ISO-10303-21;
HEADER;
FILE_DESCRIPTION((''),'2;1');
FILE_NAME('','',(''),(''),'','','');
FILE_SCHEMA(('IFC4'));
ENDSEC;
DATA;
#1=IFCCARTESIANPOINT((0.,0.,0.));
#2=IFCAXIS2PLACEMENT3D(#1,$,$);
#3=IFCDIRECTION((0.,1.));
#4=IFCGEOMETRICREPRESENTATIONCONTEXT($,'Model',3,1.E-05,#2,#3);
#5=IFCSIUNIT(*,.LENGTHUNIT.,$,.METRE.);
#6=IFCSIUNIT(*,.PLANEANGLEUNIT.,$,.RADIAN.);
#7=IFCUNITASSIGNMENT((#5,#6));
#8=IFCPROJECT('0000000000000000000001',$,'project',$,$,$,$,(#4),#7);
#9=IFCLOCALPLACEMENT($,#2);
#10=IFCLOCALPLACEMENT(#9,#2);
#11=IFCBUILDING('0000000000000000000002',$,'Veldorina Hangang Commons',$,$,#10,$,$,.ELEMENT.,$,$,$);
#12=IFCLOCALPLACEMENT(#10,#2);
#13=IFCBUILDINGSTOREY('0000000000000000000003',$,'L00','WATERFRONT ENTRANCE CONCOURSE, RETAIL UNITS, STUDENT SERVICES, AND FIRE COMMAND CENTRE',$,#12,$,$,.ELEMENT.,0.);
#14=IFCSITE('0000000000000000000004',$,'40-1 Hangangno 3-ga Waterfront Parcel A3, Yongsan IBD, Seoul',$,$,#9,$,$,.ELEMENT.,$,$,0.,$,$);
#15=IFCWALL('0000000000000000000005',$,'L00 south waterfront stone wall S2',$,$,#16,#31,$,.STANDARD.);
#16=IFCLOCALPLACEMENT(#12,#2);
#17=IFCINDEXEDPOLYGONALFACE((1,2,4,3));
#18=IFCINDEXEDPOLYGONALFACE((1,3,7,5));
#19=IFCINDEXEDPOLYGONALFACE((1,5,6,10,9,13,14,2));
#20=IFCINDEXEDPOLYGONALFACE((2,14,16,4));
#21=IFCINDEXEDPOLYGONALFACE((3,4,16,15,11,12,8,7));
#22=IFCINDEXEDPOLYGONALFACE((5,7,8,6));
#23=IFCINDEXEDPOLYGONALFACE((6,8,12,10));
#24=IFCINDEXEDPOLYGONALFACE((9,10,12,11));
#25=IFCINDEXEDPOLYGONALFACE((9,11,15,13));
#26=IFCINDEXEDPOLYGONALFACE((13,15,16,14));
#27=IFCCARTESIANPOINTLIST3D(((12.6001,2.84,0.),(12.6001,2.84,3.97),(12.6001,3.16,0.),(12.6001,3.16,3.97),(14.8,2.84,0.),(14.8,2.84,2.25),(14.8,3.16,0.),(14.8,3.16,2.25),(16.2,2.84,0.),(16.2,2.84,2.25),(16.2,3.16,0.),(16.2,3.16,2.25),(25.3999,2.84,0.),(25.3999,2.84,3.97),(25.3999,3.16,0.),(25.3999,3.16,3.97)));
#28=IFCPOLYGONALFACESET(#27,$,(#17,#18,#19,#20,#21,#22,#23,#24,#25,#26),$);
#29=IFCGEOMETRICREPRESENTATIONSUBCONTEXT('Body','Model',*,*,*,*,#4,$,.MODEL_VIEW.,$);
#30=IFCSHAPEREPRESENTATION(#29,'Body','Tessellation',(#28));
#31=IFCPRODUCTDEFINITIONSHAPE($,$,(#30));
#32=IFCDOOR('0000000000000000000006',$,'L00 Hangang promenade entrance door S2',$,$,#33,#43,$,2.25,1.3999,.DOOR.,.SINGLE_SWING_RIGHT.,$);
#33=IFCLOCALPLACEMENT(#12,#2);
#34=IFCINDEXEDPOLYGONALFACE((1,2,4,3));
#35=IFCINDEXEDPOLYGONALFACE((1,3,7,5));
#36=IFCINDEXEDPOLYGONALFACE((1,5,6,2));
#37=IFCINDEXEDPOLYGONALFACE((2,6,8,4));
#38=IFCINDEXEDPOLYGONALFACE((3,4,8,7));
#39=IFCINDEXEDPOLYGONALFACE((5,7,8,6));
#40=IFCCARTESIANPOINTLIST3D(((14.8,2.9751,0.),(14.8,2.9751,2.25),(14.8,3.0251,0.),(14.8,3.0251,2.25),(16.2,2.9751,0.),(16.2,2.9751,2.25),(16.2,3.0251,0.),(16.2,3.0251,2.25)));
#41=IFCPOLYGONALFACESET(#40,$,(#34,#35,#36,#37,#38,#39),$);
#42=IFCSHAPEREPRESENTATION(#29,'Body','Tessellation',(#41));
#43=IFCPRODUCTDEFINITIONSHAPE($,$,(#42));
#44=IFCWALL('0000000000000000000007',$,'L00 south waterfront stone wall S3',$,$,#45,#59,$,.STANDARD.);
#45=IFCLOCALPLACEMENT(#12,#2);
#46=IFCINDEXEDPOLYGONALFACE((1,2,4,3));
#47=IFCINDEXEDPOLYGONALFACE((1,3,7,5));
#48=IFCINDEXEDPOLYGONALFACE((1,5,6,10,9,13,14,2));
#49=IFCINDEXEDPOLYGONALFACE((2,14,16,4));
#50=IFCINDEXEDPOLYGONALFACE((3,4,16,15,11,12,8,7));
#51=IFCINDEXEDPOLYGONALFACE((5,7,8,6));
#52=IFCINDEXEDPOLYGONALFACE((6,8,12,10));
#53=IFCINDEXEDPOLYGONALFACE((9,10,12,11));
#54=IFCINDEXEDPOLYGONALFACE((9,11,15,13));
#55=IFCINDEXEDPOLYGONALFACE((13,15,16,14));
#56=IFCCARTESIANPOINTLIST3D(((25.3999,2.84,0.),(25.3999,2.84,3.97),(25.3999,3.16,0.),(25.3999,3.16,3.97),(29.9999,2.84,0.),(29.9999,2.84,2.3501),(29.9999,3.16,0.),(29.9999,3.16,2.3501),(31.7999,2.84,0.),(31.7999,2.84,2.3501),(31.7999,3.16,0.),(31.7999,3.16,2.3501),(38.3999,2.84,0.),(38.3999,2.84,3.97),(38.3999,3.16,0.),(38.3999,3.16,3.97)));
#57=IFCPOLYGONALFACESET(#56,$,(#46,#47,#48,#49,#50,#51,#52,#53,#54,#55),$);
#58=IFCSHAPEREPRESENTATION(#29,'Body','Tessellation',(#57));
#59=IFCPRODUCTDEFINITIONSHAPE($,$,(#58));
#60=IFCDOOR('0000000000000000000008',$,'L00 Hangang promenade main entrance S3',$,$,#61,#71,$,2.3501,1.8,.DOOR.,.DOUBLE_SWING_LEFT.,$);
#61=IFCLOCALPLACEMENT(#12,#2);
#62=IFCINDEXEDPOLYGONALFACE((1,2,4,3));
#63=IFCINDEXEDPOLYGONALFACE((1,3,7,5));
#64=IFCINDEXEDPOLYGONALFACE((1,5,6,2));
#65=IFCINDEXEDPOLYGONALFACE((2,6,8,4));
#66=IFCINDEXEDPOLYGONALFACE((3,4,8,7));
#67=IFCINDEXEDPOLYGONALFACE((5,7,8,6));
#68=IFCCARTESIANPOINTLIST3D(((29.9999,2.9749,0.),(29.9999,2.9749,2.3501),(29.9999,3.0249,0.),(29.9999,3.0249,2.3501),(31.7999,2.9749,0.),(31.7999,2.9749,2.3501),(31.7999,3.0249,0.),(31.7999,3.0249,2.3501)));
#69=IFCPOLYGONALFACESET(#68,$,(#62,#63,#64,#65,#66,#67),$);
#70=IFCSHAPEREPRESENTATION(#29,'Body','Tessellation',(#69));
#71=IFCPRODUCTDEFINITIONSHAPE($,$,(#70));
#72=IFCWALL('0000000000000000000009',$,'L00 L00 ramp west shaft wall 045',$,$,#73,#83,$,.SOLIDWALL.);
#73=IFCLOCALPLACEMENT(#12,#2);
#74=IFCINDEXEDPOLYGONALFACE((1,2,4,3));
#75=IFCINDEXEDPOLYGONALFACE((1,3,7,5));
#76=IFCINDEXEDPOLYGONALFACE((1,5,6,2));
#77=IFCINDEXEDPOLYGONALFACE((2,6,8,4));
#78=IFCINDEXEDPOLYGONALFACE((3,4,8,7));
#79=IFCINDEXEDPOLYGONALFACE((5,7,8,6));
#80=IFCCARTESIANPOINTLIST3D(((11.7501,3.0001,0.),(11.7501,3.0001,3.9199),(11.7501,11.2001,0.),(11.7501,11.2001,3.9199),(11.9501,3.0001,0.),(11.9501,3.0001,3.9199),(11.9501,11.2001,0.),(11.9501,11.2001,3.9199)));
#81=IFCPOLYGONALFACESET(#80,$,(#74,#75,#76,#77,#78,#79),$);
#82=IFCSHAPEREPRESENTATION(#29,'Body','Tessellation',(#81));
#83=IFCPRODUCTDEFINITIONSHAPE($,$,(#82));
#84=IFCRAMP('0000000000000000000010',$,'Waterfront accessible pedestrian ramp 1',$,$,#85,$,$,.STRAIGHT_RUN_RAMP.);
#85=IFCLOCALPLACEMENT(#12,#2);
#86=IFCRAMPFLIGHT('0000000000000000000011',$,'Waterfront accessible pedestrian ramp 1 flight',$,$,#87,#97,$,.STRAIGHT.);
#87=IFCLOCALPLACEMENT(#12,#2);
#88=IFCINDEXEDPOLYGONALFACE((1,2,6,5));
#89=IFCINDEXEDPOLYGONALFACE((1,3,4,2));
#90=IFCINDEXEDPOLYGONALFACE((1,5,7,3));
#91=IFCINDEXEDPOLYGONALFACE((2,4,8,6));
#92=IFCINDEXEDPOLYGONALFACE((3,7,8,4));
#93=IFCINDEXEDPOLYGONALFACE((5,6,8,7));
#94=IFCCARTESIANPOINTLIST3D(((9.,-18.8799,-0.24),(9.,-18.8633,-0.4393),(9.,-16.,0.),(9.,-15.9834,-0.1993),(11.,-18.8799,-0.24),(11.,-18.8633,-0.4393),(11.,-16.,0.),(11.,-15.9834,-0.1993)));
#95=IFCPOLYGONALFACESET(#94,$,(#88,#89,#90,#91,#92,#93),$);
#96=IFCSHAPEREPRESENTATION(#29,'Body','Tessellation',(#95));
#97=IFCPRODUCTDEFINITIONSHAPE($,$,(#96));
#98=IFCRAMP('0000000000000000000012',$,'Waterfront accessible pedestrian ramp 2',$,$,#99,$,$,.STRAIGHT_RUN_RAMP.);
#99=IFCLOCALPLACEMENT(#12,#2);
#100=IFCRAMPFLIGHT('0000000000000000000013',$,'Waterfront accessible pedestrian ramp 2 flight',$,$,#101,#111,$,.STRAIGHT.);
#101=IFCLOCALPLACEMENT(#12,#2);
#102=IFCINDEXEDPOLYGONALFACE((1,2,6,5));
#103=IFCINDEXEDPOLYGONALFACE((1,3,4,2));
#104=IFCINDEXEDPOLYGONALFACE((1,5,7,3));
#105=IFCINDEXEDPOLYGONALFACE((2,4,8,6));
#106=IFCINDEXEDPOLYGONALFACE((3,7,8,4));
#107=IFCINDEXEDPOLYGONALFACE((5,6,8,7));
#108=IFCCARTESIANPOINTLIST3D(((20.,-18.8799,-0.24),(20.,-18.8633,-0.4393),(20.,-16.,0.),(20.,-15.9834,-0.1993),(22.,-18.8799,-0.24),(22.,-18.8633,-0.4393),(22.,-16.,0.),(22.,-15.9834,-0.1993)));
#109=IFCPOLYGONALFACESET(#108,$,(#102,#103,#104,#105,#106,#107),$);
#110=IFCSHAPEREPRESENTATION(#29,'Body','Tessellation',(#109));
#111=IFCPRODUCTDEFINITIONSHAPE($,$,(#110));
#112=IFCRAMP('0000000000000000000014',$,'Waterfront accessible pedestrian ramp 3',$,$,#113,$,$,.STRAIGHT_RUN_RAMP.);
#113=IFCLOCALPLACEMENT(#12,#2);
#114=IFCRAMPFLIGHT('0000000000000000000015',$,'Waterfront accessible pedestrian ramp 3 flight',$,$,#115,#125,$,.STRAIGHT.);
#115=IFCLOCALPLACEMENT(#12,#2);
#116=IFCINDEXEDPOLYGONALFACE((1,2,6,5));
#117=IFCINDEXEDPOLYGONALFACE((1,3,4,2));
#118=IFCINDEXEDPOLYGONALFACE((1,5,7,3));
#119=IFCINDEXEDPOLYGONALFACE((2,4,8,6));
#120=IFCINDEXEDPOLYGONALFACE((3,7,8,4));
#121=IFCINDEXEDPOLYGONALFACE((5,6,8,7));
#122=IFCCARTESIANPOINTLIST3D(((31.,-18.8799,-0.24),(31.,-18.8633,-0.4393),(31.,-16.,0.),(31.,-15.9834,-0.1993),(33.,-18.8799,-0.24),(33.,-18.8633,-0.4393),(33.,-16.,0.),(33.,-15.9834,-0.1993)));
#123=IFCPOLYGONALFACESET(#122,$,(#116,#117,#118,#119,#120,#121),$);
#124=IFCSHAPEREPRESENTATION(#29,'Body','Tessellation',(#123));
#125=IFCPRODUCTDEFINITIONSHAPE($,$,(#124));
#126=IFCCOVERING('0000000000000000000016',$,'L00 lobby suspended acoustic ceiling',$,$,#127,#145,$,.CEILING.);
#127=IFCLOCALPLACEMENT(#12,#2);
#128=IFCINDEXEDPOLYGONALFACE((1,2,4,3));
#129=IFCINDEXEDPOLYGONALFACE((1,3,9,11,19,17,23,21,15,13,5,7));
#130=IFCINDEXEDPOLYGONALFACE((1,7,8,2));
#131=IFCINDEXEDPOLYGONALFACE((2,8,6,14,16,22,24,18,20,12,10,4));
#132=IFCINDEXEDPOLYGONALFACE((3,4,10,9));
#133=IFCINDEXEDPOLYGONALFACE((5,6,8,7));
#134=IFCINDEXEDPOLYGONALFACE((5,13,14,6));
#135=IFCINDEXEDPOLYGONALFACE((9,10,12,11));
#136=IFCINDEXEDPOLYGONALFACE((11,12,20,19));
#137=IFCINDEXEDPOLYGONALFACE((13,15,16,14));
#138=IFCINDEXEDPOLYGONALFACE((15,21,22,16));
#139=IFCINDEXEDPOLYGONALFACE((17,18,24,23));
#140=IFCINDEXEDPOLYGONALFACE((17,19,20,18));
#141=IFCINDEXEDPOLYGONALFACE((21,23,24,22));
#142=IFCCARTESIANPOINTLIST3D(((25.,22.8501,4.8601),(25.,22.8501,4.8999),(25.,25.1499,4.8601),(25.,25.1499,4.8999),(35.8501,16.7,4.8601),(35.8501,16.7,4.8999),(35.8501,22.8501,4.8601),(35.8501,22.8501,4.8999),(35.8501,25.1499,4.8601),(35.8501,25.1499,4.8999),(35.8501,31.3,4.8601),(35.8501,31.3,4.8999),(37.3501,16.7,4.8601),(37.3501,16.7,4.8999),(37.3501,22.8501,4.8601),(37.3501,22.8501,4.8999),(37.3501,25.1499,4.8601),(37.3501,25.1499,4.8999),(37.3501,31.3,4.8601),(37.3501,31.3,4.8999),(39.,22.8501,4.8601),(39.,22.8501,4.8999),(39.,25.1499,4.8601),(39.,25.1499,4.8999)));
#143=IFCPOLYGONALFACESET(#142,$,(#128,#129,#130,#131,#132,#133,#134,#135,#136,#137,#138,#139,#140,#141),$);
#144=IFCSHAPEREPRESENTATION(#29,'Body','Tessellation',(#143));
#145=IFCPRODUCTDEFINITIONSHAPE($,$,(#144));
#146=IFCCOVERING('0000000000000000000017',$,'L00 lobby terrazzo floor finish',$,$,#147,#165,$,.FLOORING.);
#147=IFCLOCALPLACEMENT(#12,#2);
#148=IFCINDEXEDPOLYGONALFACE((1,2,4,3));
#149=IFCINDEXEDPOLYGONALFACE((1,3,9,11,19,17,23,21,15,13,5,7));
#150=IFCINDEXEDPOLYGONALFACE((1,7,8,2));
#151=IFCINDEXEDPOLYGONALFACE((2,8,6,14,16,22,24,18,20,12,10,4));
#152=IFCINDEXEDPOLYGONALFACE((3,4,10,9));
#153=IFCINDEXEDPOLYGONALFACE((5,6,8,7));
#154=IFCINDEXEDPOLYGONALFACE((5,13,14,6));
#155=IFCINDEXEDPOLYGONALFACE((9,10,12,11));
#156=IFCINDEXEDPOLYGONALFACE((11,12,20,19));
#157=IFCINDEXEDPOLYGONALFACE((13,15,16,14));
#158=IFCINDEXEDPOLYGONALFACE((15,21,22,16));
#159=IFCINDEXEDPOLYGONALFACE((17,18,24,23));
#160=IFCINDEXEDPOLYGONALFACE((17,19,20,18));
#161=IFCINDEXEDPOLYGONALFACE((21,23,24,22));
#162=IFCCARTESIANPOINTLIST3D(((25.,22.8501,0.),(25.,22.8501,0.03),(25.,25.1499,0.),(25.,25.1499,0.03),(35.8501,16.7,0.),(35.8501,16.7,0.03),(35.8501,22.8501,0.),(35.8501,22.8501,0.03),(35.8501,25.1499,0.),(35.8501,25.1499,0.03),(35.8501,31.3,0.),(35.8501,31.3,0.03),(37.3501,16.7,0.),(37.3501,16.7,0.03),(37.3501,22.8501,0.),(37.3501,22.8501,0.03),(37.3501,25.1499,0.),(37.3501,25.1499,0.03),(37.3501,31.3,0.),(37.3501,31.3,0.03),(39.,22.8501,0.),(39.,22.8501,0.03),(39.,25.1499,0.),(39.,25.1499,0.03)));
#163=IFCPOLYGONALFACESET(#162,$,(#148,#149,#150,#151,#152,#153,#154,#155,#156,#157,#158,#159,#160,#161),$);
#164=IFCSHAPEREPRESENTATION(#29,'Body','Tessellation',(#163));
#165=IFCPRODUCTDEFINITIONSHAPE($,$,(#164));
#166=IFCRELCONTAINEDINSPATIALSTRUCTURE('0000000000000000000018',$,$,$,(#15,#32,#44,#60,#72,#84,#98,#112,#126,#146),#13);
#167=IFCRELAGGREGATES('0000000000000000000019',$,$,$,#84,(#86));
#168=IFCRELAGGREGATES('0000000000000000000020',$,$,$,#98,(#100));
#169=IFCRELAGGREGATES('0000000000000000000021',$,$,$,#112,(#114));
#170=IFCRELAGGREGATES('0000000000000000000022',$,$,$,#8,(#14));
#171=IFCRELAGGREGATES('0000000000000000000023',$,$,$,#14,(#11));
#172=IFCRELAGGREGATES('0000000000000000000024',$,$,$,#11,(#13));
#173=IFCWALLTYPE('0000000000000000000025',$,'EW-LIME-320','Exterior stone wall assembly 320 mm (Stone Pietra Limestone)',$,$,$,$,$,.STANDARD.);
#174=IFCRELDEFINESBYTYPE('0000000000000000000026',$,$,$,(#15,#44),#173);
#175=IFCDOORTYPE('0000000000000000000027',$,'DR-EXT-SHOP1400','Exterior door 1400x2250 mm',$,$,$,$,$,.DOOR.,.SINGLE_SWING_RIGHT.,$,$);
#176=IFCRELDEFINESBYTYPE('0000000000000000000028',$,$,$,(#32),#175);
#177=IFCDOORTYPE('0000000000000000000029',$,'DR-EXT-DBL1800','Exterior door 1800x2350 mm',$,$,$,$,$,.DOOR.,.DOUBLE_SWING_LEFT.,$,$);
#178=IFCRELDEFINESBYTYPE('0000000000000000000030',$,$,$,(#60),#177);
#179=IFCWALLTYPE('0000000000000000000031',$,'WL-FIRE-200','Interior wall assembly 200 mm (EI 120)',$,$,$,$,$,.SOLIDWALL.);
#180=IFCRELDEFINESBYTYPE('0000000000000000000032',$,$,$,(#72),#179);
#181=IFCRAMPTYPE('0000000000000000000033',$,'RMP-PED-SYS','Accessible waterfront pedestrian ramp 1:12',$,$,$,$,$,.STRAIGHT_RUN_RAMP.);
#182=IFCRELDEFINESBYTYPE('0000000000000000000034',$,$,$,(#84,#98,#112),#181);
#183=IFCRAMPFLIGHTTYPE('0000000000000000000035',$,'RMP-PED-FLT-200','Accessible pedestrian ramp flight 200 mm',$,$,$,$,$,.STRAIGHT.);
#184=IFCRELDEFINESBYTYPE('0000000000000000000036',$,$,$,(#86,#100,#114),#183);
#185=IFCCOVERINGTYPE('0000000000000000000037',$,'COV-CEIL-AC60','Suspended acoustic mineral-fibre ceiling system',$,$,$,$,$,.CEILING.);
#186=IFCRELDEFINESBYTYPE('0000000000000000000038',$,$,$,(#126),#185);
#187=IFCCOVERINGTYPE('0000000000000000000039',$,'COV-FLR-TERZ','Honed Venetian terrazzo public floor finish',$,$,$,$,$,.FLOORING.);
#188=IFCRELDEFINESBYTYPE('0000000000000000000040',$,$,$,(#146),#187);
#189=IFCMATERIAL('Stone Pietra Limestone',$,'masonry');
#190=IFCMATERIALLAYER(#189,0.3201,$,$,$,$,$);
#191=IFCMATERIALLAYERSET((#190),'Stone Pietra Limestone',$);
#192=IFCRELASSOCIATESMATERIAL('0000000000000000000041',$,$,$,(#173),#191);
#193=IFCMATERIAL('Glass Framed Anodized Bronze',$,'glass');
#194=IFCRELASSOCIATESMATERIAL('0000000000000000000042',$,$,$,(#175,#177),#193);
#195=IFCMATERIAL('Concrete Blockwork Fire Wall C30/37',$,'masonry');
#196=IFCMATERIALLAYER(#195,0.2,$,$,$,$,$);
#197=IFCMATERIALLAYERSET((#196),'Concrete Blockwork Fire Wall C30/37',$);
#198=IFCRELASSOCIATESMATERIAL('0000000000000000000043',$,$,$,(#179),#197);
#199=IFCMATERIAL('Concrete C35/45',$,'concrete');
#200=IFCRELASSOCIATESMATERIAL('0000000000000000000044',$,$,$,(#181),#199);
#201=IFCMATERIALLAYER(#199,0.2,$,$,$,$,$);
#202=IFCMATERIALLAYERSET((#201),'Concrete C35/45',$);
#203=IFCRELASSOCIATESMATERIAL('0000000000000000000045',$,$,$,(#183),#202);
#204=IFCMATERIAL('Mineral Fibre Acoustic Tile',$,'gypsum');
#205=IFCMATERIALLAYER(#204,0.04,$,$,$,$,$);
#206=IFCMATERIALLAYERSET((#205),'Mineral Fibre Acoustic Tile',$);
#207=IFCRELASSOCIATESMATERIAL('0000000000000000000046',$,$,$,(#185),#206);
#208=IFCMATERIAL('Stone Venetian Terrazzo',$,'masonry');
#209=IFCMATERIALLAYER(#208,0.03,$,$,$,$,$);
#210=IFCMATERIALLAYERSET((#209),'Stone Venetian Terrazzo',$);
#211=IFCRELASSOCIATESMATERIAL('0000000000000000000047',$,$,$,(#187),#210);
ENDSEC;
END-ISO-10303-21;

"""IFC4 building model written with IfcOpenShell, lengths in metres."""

from ifc_helpers import new_model, si_unit, direction, frame, frame_2d, origin, place, context, subcontext, project, spatial, polyline, rectangle, outline, extrude, material, layer, layer_set, type_object, element, fill, aggregate, save


model = new_model("IFC4")

# Units and contexts
model_context = context("Model", 3, precision=1e-05, world=origin(), true_north=direction((0.0, 1.0)))
body_context = subcontext(model_context, "Body", "Model", "MODEL_VIEW")
ifc_project = project(units=[si_unit("LENGTHUNIT", "METRE"), si_unit("PLANEANGLEUNIT", "RADIAN")], contexts=[model_context])

# Site, building, storey
site_placement = place(None, origin())
site = spatial("IfcSite", under=ifc_project, at=site_placement, Name="40-1 Hangangno 3-ga Waterfront Parcel A3, Yongsan IBD, Seoul", CompositionType="ELEMENT", RefElevation=0.0)
building_placement = place(site_placement, origin())
building = spatial("IfcBuilding", under=site, at=building_placement, Name="Veldorina Hangang Commons", CompositionType="ELEMENT")
storey_placement = place(building_placement, origin())
storey = spatial("IfcBuildingStorey", under=building, at=storey_placement, Name="L00", Description="WATERFRONT ENTRANCE CONCOURSE, RETAIL UNITS, STUDENT SERVICES, AND FIRE COMMAND CENTRE", CompositionType="ELEMENT", Elevation=0.0)

# Walls, openings, doors
ifc_material_1 = material(Name="Stone Pietra Limestone", Category="masonry")
ifc_layer_1 = layer(ifc_material_1, 0.3201)
ifc_layer_set_1 = layer_set([ifc_layer_1], Name="Stone Pietra Limestone")
wall_type_1 = type_object("IfcWallType", Name="EW-LIME-320", Description="Exterior stone wall assembly 320 mm (Stone Pietra Limestone)", PredefinedType="STANDARD", material=ifc_layer_set_1)
ifc_material_2 = material(Name="Glass Framed Anodized Bronze", Category="glass")
door_type_1 = type_object("IfcDoorType", Name="DR-EXT-SHOP1400", Description="Exterior door 1400x2250 mm", OperationType="SINGLE_SWING_RIGHT", PredefinedType="DOOR", material=ifc_material_2)
wall_1_placement = place(storey_placement, frame((12.6001, 3.0, 0.0), z_axis=(0.0, 0.0, 1.0), x_axis=(1.0, 0.0, 0.0)))
wall_1 = element("IfcWall", 1, at=wall_1_placement, inside=storey, type_object=wall_type_1, Name="L00 south waterfront stone wall S2", PredefinedType="STANDARD", context=body_context, shape_type="SweptSolid", body=[
    extrude(rectangle(XDim=12.7998, YDim=0.3201, at=frame_2d((6.3999, 0.0))), origin(), (0.0, 0.0, 1.0), 3.97),
])
opening_1_placement = place(wall_1_placement, frame((2.2, 0.0, 0.0)))
opening_1 = element("IfcOpeningElement", 2, at=opening_1_placement, cuts=wall_1, PredefinedType="OPENING", context=body_context, shape_type="SweptSolid", body=[
    extrude(rectangle(XDim=1.3999, YDim=2.25, at=frame_2d((0.7, 1.125))), frame((0.0, 0.1699, 0.0), z_axis=(0.0, -1.0, 0.0), x_axis=(1.0, 0.0, 0.0)), (0.0, 0.0, 1.0), 0.3401),
])
door_1_placement = place(opening_1_placement, frame((1.3999, 0.0, 0.0), z_axis=(0.0, 0.0, 1.0), x_axis=(-1.0, 0.0, 0.0)))
door_1 = element("IfcDoor", 3, at=door_1_placement, inside=storey, type_object=door_type_1, Name="L00 Hangang promenade entrance door S2", OperationType="SINGLE_SWING_RIGHT", OverallHeight=2.25, OverallWidth=1.3999, PredefinedType="DOOR", context=body_context, shape_type="SweptSolid", body=[
    extrude(rectangle(XDim=1.3999, YDim=2.25, at=frame_2d((0.7, 1.125))), frame((0.0, 0.0249, 0.0), z_axis=(0.0, -1.0, 0.0), x_axis=(1.0, 0.0, 0.0)), (0.0, 0.0, 1.0), 0.05),
])
fill(opening_1, door_1)
wall_2_placement = place(storey_placement, frame((25.3999, 3.0, 0.0), z_axis=(0.0, 0.0, 1.0), x_axis=(1.0, 0.0, 0.0)))
wall_2 = element("IfcWall", 4, at=wall_2_placement, inside=storey, type_object=wall_type_1, Name="L00 south waterfront stone wall S3", PredefinedType="STANDARD", context=body_context, shape_type="SweptSolid", body=[
    extrude(rectangle(XDim=13.0, YDim=0.3201, at=frame_2d((6.5, 0.0))), origin(), (0.0, 0.0, 1.0), 3.97),
])
opening_2_placement = place(wall_2_placement, frame((4.6001, 0.0, 0.0)))
opening_2 = element("IfcOpeningElement", 5, at=opening_2_placement, cuts=wall_2, PredefinedType="OPENING", context=body_context, shape_type="SweptSolid", body=[
    extrude(rectangle(XDim=1.8, YDim=2.3501, at=frame_2d((0.8999, 1.175))), frame((0.0, 0.1699, 0.0), z_axis=(0.0, -1.0, 0.0), x_axis=(1.0, 0.0, 0.0)), (0.0, 0.0, 1.0), 0.3401),
])
door_type_2 = type_object("IfcDoorType", Name="DR-EXT-DBL1800", Description="Exterior door 1800x2350 mm", OperationType="DOUBLE_SWING_LEFT", PredefinedType="DOOR", material=ifc_material_2)
door_2_placement = place(opening_2_placement, origin())
door_2 = element("IfcDoor", 6, at=door_2_placement, inside=storey, type_object=door_type_2, Name="L00 Hangang promenade main entrance S3", OperationType="DOUBLE_SWING_LEFT", OverallHeight=2.3501, OverallWidth=1.8, PredefinedType="DOOR", context=body_context, shape_type="SweptSolid", body=[
    extrude(rectangle(XDim=1.8, YDim=2.3501, at=frame_2d((0.8999, 1.175))), frame((0.0, 0.0249, 0.0), z_axis=(0.0, -1.0, 0.0), x_axis=(1.0, 0.0, 0.0)), (0.0, 0.0, 1.0), 0.05),
])
fill(opening_2, door_2)

# Wall
ifc_material_3 = material(Name="Concrete Blockwork Fire Wall C30/37", Category="masonry")
ifc_layer_2 = layer(ifc_material_3, 0.2)
ifc_layer_set_2 = layer_set([ifc_layer_2], Name="Concrete Blockwork Fire Wall C30/37")
wall_type_2 = type_object("IfcWallType", Name="WL-FIRE-200", Description="Interior wall assembly 200 mm (EI 120)", PredefinedType="SOLIDWALL", material=ifc_layer_set_2)
wall_3_placement = place(storey_placement, frame((11.8501, 3.0, 0.0), z_axis=(0.0, 0.0, 1.0), x_axis=(0.0, 1.0, 0.0)))
element("IfcWall", 7, at=wall_3_placement, inside=storey, type_object=wall_type_2, Name="L00 L00 ramp west shaft wall 045", PredefinedType="SOLIDWALL", context=body_context, shape_type="SweptSolid", body=[
    extrude(rectangle(XDim=8.2, YDim=0.2, at=frame_2d((4.1001, 0.0))), origin(), (0.0, 0.0, 1.0), 3.9199),
])

# Ramps, ramp flights
ifc_material_4 = material(Name="Concrete C35/45", Category="concrete")
ramp_type = type_object("IfcRampType", Name="RMP-PED-SYS", Description="Accessible waterfront pedestrian ramp 1:12", PredefinedType="STRAIGHT_RUN_RAMP", material=ifc_material_4)
ramp_1_placement = place(storey_placement, origin())
ramp_1 = element("IfcRamp", 8, at=ramp_1_placement, inside=storey, type_object=ramp_type, Name="Waterfront accessible pedestrian ramp 1", PredefinedType="STRAIGHT_RUN_RAMP")
ifc_layer_3 = layer(ifc_material_4, 0.2)
ifc_layer_set_3 = layer_set([ifc_layer_3], Name="Concrete C35/45")
ramp_flight_type = type_object("IfcRampFlightType", Name="RMP-PED-FLT-200", Description="Accessible pedestrian ramp flight 200 mm", PredefinedType="STRAIGHT", material=ifc_layer_set_3)
ramp_flight_1_placement = place(storey_placement, frame((9.0, -18.8799, -0.24), z_axis=(0.0, -0.083045, 0.996546), x_axis=(0.0, 0.996546, 0.083045)))
ramp_flight_1 = element("IfcRampFlight", 9, at=ramp_flight_1_placement, type_object=ramp_flight_type, Name="Waterfront accessible pedestrian ramp 1 flight", PredefinedType="STRAIGHT", context=body_context, shape_type="SweptSolid", body=[
    extrude(outline(polyline([(0.0, 0.0), (2.8899, 0.0), (2.8899, -2.0), (0.0, -2.0), (0.0, 0.0)])), origin(), (0.0, 0.0, -1.0), 0.2),
])
aggregate(ramp_1, [ramp_flight_1])
ramp_2_placement = place(storey_placement, origin())
ramp_2 = element("IfcRamp", 10, at=ramp_2_placement, inside=storey, type_object=ramp_type, Name="Waterfront accessible pedestrian ramp 2", PredefinedType="STRAIGHT_RUN_RAMP")
ramp_flight_2_placement = place(storey_placement, frame((20.0, -18.8799, -0.24), z_axis=(0.0, -0.083045, 0.996546), x_axis=(0.0, 0.996546, 0.083045)))
ramp_flight_2 = element("IfcRampFlight", 11, at=ramp_flight_2_placement, type_object=ramp_flight_type, Name="Waterfront accessible pedestrian ramp 2 flight", PredefinedType="STRAIGHT", context=body_context, shape_type="SweptSolid", body=[
    extrude(outline(polyline([(0.0, 0.0), (2.8899, 0.0), (2.8899, -2.0), (0.0, -2.0), (0.0, 0.0)])), origin(), (0.0, 0.0, -1.0), 0.2),
])
aggregate(ramp_2, [ramp_flight_2])
ramp_3_placement = place(storey_placement, origin())
ramp_3 = element("IfcRamp", 12, at=ramp_3_placement, inside=storey, type_object=ramp_type, Name="Waterfront accessible pedestrian ramp 3", PredefinedType="STRAIGHT_RUN_RAMP")
ramp_flight_3_placement = place(storey_placement, frame((31.0, -18.8799, -0.24), z_axis=(0.0, -0.083045, 0.996546), x_axis=(0.0, 0.996546, 0.083045)))
ramp_flight_3 = element("IfcRampFlight", 13, at=ramp_flight_3_placement, type_object=ramp_flight_type, Name="Waterfront accessible pedestrian ramp 3 flight", PredefinedType="STRAIGHT", context=body_context, shape_type="SweptSolid", body=[
    extrude(outline(polyline([(0.0, 0.0), (2.8899, 0.0), (2.8899, -2.0), (0.0, -2.0), (0.0, 0.0)])), origin(), (0.0, 0.0, -1.0), 0.2),
])
aggregate(ramp_3, [ramp_flight_3])

# Coverings
ifc_material_5 = material(Name="Mineral Fibre Acoustic Tile", Category="gypsum")
ifc_layer_4 = layer(ifc_material_5, 0.04)
ifc_layer_set_4 = layer_set([ifc_layer_4], Name="Mineral Fibre Acoustic Tile")
covering_type_1 = type_object("IfcCoveringType", Name="COV-CEIL-AC60", Description="Suspended acoustic mineral-fibre ceiling system", PredefinedType="CEILING", material=ifc_layer_set_4)
covering_1_placement = place(storey_placement, frame((0.0, 0.0, 4.8601)))
element("IfcCovering", 14, at=covering_1_placement, inside=storey, type_object=covering_type_1, Name="L00 lobby suspended acoustic ceiling", PredefinedType="CEILING", context=body_context, shape_type="SweptSolid", body=[
    extrude(outline(polyline([(25.0, 22.8501), (35.8501, 22.8501), (35.8501, 16.7), (37.3501, 16.7), (37.3501, 22.8501), (39.0, 22.8501), (39.0, 25.1499), (37.3501, 25.1499), (37.3501, 31.3), (35.8501, 31.3), (35.8501, 25.1499), (25.0, 25.1499), (25.0, 22.8501)])), origin(), (0.0, 0.0, 1.0), 0.0398),
])
ifc_material_6 = material(Name="Stone Venetian Terrazzo", Category="masonry")
ifc_layer_5 = layer(ifc_material_6, 0.03)
ifc_layer_set_5 = layer_set([ifc_layer_5], Name="Stone Venetian Terrazzo")
covering_type_2 = type_object("IfcCoveringType", Name="COV-FLR-TERZ", Description="Honed Venetian terrazzo public floor finish", PredefinedType="FLOORING", material=ifc_layer_set_5)
covering_2_placement = place(storey_placement, origin())
element("IfcCovering", 15, at=covering_2_placement, inside=storey, type_object=covering_type_2, Name="L00 lobby terrazzo floor finish", PredefinedType="FLOORING", context=body_context, shape_type="SweptSolid", body=[
    extrude(outline(polyline([(25.0, 22.8501), (35.8501, 22.8501), (35.8501, 16.7), (37.3501, 16.7), (37.3501, 22.8501), (39.0, 22.8501), (39.0, 25.1499), (37.3501, 25.1499), (37.3501, 31.3), (35.8501, 31.3), (35.8501, 25.1499), (25.0, 25.1499), (25.0, 22.8501)])), origin(), (0.0, 0.0, 1.0), 0.03),
])

save(model, "model.ifc")
